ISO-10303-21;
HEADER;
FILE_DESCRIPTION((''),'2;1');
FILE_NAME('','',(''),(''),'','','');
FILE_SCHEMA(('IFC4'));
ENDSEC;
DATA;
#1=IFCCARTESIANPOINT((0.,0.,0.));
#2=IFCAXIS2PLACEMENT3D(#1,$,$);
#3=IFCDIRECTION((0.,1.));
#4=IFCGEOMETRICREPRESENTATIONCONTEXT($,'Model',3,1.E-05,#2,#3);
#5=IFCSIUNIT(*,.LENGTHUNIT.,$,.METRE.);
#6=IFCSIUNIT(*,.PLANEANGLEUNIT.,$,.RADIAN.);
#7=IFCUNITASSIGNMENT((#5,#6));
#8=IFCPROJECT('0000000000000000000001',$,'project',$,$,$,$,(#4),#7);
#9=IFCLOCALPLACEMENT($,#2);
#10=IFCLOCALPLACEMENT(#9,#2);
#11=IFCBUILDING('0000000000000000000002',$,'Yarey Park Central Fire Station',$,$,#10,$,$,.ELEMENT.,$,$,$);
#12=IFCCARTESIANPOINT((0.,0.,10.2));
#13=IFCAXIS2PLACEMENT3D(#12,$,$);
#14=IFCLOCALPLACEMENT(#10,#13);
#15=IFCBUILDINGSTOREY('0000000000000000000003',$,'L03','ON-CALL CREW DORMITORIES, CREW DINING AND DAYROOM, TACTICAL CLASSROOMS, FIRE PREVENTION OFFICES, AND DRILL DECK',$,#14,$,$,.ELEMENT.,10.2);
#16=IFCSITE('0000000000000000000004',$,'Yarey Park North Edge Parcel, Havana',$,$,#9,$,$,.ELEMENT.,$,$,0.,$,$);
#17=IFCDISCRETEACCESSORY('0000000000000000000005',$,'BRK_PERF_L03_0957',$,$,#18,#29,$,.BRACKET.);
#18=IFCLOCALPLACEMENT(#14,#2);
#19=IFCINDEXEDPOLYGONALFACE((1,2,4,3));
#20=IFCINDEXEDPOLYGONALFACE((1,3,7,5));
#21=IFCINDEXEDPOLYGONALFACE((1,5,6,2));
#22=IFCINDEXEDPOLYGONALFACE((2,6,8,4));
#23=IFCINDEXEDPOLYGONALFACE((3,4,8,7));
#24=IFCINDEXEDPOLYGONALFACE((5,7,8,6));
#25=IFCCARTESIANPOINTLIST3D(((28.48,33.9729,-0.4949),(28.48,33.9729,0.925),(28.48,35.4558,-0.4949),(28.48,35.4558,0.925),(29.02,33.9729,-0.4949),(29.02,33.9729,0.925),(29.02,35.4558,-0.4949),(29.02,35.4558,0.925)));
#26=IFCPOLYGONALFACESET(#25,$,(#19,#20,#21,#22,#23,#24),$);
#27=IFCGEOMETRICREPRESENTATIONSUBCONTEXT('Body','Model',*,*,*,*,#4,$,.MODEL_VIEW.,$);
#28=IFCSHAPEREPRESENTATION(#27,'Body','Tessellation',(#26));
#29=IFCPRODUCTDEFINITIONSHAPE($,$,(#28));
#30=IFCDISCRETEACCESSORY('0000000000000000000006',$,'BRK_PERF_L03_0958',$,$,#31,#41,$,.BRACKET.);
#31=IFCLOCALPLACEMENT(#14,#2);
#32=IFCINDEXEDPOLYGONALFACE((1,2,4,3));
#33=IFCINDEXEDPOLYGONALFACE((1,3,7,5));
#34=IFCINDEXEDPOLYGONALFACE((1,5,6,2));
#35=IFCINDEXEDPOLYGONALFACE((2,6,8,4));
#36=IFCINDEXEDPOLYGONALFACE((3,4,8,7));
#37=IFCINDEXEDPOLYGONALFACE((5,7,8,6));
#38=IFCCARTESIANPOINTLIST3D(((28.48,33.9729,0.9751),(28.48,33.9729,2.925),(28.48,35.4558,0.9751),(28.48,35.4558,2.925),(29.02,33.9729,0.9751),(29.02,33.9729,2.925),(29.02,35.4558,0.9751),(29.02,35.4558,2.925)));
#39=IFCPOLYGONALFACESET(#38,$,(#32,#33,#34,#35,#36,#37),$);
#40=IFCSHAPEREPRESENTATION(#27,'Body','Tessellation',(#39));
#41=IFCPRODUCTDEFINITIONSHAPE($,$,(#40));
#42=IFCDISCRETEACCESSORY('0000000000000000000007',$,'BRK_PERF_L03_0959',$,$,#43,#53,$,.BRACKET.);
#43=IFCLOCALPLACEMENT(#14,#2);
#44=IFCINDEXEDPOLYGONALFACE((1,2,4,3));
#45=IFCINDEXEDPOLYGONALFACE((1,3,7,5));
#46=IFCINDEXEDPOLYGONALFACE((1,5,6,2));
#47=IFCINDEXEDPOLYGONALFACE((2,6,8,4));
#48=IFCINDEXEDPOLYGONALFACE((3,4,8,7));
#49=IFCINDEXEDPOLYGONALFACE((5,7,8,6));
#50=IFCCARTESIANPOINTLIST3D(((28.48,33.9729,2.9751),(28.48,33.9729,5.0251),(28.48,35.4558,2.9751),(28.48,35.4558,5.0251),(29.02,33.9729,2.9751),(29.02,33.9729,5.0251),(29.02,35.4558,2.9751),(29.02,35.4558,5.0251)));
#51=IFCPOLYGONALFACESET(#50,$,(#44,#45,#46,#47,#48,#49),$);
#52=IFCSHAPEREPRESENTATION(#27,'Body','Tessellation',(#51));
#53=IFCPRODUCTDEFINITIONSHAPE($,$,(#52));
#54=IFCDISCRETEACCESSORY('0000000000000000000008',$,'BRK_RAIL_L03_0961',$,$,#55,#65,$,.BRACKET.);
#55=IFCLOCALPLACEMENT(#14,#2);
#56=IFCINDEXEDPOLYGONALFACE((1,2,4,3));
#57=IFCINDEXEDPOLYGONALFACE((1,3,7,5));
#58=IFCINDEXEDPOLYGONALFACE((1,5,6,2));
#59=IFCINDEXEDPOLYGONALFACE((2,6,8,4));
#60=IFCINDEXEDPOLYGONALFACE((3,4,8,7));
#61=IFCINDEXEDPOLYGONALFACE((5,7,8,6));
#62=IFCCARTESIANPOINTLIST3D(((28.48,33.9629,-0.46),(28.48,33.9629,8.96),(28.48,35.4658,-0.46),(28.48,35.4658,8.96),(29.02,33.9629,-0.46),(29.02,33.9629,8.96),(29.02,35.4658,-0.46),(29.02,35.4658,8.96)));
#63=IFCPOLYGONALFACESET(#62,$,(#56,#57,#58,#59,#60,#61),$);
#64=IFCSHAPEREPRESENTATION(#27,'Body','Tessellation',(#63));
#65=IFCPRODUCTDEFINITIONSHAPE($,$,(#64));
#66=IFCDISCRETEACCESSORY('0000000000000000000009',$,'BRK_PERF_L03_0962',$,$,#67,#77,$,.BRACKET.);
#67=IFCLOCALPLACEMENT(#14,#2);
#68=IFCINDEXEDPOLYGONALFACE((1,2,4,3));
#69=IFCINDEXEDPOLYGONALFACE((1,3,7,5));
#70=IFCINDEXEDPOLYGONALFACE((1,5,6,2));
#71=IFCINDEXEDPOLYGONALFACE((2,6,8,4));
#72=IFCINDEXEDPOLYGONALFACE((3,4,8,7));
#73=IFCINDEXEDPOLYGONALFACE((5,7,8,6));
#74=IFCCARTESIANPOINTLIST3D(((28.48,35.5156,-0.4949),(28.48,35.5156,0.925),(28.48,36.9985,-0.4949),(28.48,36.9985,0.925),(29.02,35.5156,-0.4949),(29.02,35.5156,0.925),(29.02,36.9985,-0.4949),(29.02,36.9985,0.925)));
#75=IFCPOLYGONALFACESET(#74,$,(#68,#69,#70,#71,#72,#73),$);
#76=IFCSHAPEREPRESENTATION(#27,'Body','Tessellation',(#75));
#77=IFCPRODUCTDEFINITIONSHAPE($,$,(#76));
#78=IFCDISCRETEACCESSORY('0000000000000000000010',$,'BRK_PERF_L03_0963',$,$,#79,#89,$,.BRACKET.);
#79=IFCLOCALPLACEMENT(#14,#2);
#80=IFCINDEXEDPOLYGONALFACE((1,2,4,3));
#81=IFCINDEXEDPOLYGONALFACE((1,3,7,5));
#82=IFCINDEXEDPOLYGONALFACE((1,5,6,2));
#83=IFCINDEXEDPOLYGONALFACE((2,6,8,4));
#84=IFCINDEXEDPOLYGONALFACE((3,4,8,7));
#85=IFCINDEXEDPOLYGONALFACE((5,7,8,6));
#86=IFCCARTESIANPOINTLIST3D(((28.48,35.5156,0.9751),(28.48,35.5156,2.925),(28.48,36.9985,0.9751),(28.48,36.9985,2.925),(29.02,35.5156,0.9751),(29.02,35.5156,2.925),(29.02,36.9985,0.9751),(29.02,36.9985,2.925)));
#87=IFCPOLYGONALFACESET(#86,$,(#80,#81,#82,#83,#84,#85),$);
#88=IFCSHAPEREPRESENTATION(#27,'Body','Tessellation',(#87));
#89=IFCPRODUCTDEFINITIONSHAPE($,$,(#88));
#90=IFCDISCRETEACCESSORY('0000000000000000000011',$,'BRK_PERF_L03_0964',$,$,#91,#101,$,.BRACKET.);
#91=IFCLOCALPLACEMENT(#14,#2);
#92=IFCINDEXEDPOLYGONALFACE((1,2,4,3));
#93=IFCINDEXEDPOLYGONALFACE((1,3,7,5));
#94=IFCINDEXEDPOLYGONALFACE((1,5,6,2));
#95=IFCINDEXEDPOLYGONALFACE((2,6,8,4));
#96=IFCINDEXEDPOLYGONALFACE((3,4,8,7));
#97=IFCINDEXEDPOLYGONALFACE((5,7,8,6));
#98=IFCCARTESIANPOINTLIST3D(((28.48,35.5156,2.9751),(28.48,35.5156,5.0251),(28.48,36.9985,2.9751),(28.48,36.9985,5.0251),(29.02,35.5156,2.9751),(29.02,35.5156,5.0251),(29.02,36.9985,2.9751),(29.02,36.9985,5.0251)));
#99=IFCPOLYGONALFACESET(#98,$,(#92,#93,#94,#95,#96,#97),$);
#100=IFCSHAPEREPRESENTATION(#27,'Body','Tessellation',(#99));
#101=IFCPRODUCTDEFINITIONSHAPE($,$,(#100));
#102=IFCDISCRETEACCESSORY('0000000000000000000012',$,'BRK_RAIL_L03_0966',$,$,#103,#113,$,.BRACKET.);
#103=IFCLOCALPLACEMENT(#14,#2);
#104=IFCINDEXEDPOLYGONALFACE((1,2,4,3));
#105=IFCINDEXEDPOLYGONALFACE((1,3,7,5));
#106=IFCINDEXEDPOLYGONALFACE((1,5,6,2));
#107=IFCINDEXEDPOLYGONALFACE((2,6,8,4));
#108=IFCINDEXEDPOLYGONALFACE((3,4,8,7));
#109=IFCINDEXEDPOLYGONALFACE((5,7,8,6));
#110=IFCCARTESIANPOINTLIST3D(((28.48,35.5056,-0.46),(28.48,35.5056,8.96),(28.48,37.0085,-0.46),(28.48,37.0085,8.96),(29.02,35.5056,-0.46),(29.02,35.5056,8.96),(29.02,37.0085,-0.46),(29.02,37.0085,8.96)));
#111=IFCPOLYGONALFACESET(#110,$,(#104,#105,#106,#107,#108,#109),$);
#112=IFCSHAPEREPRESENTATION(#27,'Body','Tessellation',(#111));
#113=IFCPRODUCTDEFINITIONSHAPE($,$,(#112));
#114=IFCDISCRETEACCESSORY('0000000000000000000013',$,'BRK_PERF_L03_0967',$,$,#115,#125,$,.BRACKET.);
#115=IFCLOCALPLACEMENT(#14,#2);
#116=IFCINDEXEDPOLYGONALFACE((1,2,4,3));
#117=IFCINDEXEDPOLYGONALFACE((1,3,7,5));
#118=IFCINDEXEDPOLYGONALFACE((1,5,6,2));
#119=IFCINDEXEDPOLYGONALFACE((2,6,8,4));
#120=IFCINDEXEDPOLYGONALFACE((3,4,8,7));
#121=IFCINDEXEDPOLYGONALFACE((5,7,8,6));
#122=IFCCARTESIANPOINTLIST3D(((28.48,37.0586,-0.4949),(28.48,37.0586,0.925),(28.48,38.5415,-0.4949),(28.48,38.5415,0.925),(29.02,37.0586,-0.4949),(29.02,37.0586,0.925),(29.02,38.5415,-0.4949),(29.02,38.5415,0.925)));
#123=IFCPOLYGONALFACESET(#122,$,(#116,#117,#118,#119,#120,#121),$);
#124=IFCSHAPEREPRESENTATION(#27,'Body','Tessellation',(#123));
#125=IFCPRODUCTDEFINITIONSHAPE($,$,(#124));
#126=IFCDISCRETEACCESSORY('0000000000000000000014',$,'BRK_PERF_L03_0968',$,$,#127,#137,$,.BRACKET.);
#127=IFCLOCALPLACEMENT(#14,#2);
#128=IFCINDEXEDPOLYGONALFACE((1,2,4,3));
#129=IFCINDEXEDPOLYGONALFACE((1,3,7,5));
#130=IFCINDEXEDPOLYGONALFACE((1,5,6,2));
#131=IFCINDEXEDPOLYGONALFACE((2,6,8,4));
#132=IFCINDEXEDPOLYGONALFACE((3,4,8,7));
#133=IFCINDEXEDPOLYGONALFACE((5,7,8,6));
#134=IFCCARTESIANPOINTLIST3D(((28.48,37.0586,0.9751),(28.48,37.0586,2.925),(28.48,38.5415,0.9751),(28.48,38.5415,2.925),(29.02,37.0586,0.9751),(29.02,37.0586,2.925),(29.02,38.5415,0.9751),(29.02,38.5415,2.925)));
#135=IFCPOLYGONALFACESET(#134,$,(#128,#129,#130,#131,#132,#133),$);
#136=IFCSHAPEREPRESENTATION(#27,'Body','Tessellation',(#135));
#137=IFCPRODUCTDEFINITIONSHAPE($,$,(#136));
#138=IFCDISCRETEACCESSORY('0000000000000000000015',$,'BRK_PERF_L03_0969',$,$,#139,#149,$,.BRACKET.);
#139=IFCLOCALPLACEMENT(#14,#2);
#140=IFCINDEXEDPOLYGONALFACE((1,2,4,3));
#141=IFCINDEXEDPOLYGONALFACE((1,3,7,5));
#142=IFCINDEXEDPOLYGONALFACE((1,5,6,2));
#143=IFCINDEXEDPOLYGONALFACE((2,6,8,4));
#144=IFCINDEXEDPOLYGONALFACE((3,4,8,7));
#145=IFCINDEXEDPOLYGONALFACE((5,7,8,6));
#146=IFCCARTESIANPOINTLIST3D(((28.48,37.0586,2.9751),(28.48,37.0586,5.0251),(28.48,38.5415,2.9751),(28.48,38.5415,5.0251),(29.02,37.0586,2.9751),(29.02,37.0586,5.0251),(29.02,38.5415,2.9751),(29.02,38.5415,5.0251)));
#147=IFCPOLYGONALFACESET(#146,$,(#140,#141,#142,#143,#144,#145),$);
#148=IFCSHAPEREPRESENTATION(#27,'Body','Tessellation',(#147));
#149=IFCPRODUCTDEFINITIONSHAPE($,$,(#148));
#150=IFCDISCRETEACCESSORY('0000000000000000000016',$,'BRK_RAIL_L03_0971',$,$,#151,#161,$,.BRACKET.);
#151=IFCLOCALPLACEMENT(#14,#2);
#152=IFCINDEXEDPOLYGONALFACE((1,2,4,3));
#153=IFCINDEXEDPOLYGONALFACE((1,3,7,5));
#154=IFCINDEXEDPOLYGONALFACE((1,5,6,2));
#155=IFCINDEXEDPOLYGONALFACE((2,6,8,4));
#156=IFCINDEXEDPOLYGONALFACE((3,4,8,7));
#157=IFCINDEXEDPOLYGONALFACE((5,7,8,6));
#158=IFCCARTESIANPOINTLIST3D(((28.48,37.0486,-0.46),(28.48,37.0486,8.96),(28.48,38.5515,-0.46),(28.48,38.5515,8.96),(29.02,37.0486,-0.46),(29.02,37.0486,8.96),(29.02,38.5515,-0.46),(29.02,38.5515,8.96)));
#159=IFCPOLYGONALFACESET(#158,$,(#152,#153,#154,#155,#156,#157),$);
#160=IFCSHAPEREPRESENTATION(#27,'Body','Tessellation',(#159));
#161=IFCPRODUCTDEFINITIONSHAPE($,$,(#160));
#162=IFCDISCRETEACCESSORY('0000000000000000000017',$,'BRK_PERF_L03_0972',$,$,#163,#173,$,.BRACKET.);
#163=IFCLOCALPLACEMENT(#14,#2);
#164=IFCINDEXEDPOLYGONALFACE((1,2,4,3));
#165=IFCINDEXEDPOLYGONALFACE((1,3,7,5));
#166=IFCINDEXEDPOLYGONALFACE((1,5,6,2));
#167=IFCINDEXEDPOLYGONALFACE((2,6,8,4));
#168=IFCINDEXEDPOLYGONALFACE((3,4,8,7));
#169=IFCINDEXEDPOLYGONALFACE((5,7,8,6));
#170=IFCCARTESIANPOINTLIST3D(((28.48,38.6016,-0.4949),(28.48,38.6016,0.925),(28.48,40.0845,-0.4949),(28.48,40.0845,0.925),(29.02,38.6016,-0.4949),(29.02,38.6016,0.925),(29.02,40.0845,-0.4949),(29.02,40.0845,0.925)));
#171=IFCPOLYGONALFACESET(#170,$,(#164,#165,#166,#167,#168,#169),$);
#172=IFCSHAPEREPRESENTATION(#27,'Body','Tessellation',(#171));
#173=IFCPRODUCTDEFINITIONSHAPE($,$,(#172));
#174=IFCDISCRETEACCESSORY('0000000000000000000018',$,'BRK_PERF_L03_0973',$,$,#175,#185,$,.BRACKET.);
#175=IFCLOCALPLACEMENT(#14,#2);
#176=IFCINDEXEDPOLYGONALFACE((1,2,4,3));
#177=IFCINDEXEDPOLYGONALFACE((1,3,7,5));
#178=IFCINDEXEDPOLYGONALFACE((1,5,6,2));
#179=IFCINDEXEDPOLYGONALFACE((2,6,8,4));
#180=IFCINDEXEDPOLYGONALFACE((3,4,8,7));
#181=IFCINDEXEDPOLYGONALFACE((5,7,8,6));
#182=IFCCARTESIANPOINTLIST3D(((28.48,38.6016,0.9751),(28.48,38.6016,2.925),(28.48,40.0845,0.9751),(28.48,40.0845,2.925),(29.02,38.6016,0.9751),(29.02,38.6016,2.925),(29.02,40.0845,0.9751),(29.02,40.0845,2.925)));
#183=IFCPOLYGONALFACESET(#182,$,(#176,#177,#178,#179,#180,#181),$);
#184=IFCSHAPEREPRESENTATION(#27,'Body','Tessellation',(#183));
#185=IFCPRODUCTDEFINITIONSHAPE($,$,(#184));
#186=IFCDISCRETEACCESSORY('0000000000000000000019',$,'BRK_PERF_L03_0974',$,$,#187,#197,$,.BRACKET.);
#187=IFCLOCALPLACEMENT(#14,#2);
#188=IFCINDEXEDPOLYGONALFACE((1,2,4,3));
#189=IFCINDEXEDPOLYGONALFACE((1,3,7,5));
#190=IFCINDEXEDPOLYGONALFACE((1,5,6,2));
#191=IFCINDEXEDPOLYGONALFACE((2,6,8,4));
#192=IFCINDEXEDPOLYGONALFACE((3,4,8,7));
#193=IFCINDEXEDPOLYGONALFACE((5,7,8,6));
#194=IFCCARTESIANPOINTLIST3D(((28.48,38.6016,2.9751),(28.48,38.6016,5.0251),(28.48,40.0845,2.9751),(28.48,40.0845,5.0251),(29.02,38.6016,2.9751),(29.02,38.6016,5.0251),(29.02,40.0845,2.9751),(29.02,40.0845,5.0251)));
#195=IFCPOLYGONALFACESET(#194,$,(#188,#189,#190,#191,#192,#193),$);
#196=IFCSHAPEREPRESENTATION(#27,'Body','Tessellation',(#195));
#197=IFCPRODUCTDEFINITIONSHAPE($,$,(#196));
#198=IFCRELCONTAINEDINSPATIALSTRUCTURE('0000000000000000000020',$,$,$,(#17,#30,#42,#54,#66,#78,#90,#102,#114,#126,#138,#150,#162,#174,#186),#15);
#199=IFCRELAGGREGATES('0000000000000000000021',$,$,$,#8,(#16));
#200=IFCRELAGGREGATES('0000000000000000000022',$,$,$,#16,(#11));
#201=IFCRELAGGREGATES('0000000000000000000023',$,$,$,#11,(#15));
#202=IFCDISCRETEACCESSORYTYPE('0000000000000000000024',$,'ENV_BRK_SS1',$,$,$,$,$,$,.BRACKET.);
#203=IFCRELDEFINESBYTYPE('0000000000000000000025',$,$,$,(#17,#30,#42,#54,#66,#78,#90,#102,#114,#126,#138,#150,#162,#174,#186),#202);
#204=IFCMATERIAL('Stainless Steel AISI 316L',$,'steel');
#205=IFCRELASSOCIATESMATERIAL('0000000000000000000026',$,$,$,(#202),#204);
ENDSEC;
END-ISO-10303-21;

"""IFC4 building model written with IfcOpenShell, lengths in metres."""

from ifc_helpers import new_model, si_unit, direction, frame, origin, origin_2d, place, context, subcontext, project, spatial, rectangle, extrude, material, type_object, element, save


model = new_model("IFC4")

# Units and contexts
model_context = context("Model", 3, precision=1e-05, world=origin(), true_north=direction((0.0, 1.0)))
body_context = subcontext(model_context, "Body", "Model", "MODEL_VIEW")
ifc_project = project(units=[si_unit("LENGTHUNIT", "METRE"), si_unit("PLANEANGLEUNIT", "RADIAN")], contexts=[model_context])

# Site, building, storey
site_placement = place(None, origin())
site = spatial("IfcSite", under=ifc_project, at=site_placement, Name="Yarey Park North Edge Parcel, Havana", CompositionType="ELEMENT", RefElevation=0.0)
building_placement = place(site_placement, origin())
building = spatial("IfcBuilding", under=site, at=building_placement, Name="Yarey Park Central Fire Station", CompositionType="ELEMENT")
storey_placement = place(building_placement, frame((0.0, 0.0, 10.2)))
storey = spatial("IfcBuildingStorey", under=building, at=storey_placement, Name="L03", Description="ON-CALL CREW DORMITORIES, CREW DINING AND DAYROOM, TACTICAL CLASSROOMS, FIRE PREVENTION OFFICES, AND DRILL DECK", CompositionType="ELEMENT", Elevation=10.2)

# Discrete accessories
ifc_material_1 = material(Name="Stainless Steel AISI 316L", Category="steel")
discrete_accessory_type = type_object("IfcDiscreteAccessoryType", Name="ENV_BRK_SS1", PredefinedType="BRACKET", material=ifc_material_1)
discrete_accessory_1_placement = place(storey_placement, frame((28.75, 34.7144, -0.4949), z_axis=(0.0, 0.0, 1.0), x_axis=(1.0, 0.0, 0.0)))
element("IfcDiscreteAccessory", 1, at=discrete_accessory_1_placement, inside=storey, type_object=discrete_accessory_type, Name="BRK_PERF_L03_0957", PredefinedType="BRACKET", context=body_context, shape_type="SweptSolid", body=[
    extrude(rectangle(XDim=0.54, YDim=1.4829, at=origin_2d()), origin(), (0.0, 0.0, 1.0), 1.4199),
])
discrete_accessory_2_placement = place(storey_placement, frame((28.75, 34.7144, 0.9751), z_axis=(0.0, 0.0, 1.0), x_axis=(1.0, 0.0, 0.0)))
element("IfcDiscreteAccessory", 2, at=discrete_accessory_2_placement, inside=storey, type_object=discrete_accessory_type, Name="BRK_PERF_L03_0958", PredefinedType="BRACKET", context=body_context, shape_type="SweptSolid", body=[
    extrude(rectangle(XDim=0.54, YDim=1.4829, at=origin_2d()), origin(), (0.0, 0.0, 1.0), 1.95),
])
discrete_accessory_3_placement = place(storey_placement, frame((28.75, 34.7144, 2.9751), z_axis=(0.0, 0.0, 1.0), x_axis=(1.0, 0.0, 0.0)))
element("IfcDiscreteAccessory", 3, at=discrete_accessory_3_placement, inside=storey, type_object=discrete_accessory_type, Name="BRK_PERF_L03_0959", PredefinedType="BRACKET", context=body_context, shape_type="SweptSolid", body=[
    extrude(rectangle(XDim=0.54, YDim=1.4829, at=origin_2d()), origin(), (0.0, 0.0, 1.0), 2.05),
])
discrete_accessory_4_placement = place(storey_placement, frame((28.75, 34.7144, -0.46), z_axis=(0.0, 0.0, 1.0), x_axis=(1.0, 0.0, 0.0)))
element("IfcDiscreteAccessory", 4, at=discrete_accessory_4_placement, inside=storey, type_object=discrete_accessory_type, Name="BRK_RAIL_L03_0961", PredefinedType="BRACKET", context=body_context, shape_type="SweptSolid", body=[
    extrude(rectangle(XDim=0.54, YDim=1.5029, at=origin_2d()), origin(), (0.0, 0.0, 1.0), 9.4199),
])
discrete_accessory_5_placement = place(storey_placement, frame((28.75, 36.2571, -0.4949), z_axis=(0.0, 0.0, 1.0), x_axis=(1.0, 0.0, 0.0)))
element("IfcDiscreteAccessory", 5, at=discrete_accessory_5_placement, inside=storey, type_object=discrete_accessory_type, Name="BRK_PERF_L03_0962", PredefinedType="BRACKET", context=body_context, shape_type="SweptSolid", body=[
    extrude(rectangle(XDim=0.54, YDim=1.4829, at=origin_2d()), origin(), (0.0, 0.0, 1.0), 1.4199),
])
discrete_accessory_6_placement = place(storey_placement, frame((28.75, 36.2571, 0.9751), z_axis=(0.0, 0.0, 1.0), x_axis=(1.0, 0.0, 0.0)))
element("IfcDiscreteAccessory", 6, at=discrete_accessory_6_placement, inside=storey, type_object=discrete_accessory_type, Name="BRK_PERF_L03_0963", PredefinedType="BRACKET", context=body_context, shape_type="SweptSolid", body=[
    extrude(rectangle(XDim=0.54, YDim=1.4829, at=origin_2d()), origin(), (0.0, 0.0, 1.0), 1.95),
])
discrete_accessory_7_placement = place(storey_placement, frame((28.75, 36.2571, 2.9751), z_axis=(0.0, 0.0, 1.0), x_axis=(1.0, 0.0, 0.0)))
element("IfcDiscreteAccessory", 7, at=discrete_accessory_7_placement, inside=storey, type_object=discrete_accessory_type, Name="BRK_PERF_L03_0964", PredefinedType="BRACKET", context=body_context, shape_type="SweptSolid", body=[
    extrude(rectangle(XDim=0.54, YDim=1.4829, at=origin_2d()), origin(), (0.0, 0.0, 1.0), 2.05),
])
discrete_accessory_8_placement = place(storey_placement, frame((28.75, 36.2571, -0.46), z_axis=(0.0, 0.0, 1.0), x_axis=(1.0, 0.0, 0.0)))
element("IfcDiscreteAccessory", 8, at=discrete_accessory_8_placement, inside=storey, type_object=discrete_accessory_type, Name="BRK_RAIL_L03_0966", PredefinedType="BRACKET", context=body_context, shape_type="SweptSolid", body=[
    extrude(rectangle(XDim=0.54, YDim=1.5029, at=origin_2d()), origin(), (0.0, 0.0, 1.0), 9.4199),
])
discrete_accessory_9_placement = place(storey_placement, frame((28.75, 37.8, -0.4949), z_axis=(0.0, 0.0, 1.0), x_axis=(1.0, 0.0, 0.0)))
element("IfcDiscreteAccessory", 9, at=discrete_accessory_9_placement, inside=storey, type_object=discrete_accessory_type, Name="BRK_PERF_L03_0967", PredefinedType="BRACKET", context=body_context, shape_type="SweptSolid", body=[
    extrude(rectangle(XDim=0.54, YDim=1.4829, at=origin_2d()), origin(), (0.0, 0.0, 1.0), 1.4199),
])
discrete_accessory_10_placement = place(storey_placement, frame((28.75, 37.8, 0.9751), z_axis=(0.0, 0.0, 1.0), x_axis=(1.0, 0.0, 0.0)))
element("IfcDiscreteAccessory", 10, at=discrete_accessory_10_placement, inside=storey, type_object=discrete_accessory_type, Name="BRK_PERF_L03_0968", PredefinedType="BRACKET", context=body_context, shape_type="SweptSolid", body=[
    extrude(rectangle(XDim=0.54, YDim=1.4829, at=origin_2d()), origin(), (0.0, 0.0, 1.0), 1.95),
])
discrete_accessory_11_placement = place(storey_placement, frame((28.75, 37.8, 2.9751), z_axis=(0.0, 0.0, 1.0), x_axis=(1.0, 0.0, 0.0)))
element("IfcDiscreteAccessory", 11, at=discrete_accessory_11_placement, inside=storey, type_object=discrete_accessory_type, Name="BRK_PERF_L03_0969", PredefinedType="BRACKET", context=body_context, shape_type="SweptSolid", body=[
    extrude(rectangle(XDim=0.54, YDim=1.4829, at=origin_2d()), origin(), (0.0, 0.0, 1.0), 2.05),
])
discrete_accessory_12_placement = place(storey_placement, frame((28.75, 37.8, -0.46), z_axis=(0.0, 0.0, 1.0), x_axis=(1.0, 0.0, 0.0)))
element("IfcDiscreteAccessory", 12, at=discrete_accessory_12_placement, inside=storey, type_object=discrete_accessory_type, Name="BRK_RAIL_L03_0971", PredefinedType="BRACKET", context=body_context, shape_type="SweptSolid", body=[
    extrude(rectangle(XDim=0.54, YDim=1.5029, at=origin_2d()), origin(), (0.0, 0.0, 1.0), 9.4199),
])
discrete_accessory_13_placement = place(storey_placement, frame((28.75, 39.343, -0.4949), z_axis=(0.0, 0.0, 1.0), x_axis=(1.0, 0.0, 0.0)))
element("IfcDiscreteAccessory", 13, at=discrete_accessory_13_placement, inside=storey, type_object=discrete_accessory_type, Name="BRK_PERF_L03_0972", PredefinedType="BRACKET", context=body_context, shape_type="SweptSolid", body=[
    extrude(rectangle(XDim=0.54, YDim=1.4829, at=origin_2d()), origin(), (0.0, 0.0, 1.0), 1.4199),
])
discrete_accessory_14_placement = place(storey_placement, frame((28.75, 39.343, 0.9751), z_axis=(0.0, 0.0, 1.0), x_axis=(1.0, 0.0, 0.0)))
element("IfcDiscreteAccessory", 14, at=discrete_accessory_14_placement, inside=storey, type_object=discrete_accessory_type, Name="BRK_PERF_L03_0973", PredefinedType="BRACKET", context=body_context, shape_type="SweptSolid", body=[
    extrude(rectangle(XDim=0.54, YDim=1.4829, at=origin_2d()), origin(), (0.0, 0.0, 1.0), 1.95),
])
discrete_accessory_15_placement = place(storey_placement, frame((28.75, 39.343, 2.9751), z_axis=(0.0, 0.0, 1.0), x_axis=(1.0, 0.0, 0.0)))
element("IfcDiscreteAccessory", 15, at=discrete_accessory_15_placement, inside=storey, type_object=discrete_accessory_type, Name="BRK_PERF_L03_0974", PredefinedType="BRACKET", context=body_context, shape_type="SweptSolid", body=[
    extrude(rectangle(XDim=0.54, YDim=1.4829, at=origin_2d()), origin(), (0.0, 0.0, 1.0), 2.05),
])

save(model, "model.ifc")
